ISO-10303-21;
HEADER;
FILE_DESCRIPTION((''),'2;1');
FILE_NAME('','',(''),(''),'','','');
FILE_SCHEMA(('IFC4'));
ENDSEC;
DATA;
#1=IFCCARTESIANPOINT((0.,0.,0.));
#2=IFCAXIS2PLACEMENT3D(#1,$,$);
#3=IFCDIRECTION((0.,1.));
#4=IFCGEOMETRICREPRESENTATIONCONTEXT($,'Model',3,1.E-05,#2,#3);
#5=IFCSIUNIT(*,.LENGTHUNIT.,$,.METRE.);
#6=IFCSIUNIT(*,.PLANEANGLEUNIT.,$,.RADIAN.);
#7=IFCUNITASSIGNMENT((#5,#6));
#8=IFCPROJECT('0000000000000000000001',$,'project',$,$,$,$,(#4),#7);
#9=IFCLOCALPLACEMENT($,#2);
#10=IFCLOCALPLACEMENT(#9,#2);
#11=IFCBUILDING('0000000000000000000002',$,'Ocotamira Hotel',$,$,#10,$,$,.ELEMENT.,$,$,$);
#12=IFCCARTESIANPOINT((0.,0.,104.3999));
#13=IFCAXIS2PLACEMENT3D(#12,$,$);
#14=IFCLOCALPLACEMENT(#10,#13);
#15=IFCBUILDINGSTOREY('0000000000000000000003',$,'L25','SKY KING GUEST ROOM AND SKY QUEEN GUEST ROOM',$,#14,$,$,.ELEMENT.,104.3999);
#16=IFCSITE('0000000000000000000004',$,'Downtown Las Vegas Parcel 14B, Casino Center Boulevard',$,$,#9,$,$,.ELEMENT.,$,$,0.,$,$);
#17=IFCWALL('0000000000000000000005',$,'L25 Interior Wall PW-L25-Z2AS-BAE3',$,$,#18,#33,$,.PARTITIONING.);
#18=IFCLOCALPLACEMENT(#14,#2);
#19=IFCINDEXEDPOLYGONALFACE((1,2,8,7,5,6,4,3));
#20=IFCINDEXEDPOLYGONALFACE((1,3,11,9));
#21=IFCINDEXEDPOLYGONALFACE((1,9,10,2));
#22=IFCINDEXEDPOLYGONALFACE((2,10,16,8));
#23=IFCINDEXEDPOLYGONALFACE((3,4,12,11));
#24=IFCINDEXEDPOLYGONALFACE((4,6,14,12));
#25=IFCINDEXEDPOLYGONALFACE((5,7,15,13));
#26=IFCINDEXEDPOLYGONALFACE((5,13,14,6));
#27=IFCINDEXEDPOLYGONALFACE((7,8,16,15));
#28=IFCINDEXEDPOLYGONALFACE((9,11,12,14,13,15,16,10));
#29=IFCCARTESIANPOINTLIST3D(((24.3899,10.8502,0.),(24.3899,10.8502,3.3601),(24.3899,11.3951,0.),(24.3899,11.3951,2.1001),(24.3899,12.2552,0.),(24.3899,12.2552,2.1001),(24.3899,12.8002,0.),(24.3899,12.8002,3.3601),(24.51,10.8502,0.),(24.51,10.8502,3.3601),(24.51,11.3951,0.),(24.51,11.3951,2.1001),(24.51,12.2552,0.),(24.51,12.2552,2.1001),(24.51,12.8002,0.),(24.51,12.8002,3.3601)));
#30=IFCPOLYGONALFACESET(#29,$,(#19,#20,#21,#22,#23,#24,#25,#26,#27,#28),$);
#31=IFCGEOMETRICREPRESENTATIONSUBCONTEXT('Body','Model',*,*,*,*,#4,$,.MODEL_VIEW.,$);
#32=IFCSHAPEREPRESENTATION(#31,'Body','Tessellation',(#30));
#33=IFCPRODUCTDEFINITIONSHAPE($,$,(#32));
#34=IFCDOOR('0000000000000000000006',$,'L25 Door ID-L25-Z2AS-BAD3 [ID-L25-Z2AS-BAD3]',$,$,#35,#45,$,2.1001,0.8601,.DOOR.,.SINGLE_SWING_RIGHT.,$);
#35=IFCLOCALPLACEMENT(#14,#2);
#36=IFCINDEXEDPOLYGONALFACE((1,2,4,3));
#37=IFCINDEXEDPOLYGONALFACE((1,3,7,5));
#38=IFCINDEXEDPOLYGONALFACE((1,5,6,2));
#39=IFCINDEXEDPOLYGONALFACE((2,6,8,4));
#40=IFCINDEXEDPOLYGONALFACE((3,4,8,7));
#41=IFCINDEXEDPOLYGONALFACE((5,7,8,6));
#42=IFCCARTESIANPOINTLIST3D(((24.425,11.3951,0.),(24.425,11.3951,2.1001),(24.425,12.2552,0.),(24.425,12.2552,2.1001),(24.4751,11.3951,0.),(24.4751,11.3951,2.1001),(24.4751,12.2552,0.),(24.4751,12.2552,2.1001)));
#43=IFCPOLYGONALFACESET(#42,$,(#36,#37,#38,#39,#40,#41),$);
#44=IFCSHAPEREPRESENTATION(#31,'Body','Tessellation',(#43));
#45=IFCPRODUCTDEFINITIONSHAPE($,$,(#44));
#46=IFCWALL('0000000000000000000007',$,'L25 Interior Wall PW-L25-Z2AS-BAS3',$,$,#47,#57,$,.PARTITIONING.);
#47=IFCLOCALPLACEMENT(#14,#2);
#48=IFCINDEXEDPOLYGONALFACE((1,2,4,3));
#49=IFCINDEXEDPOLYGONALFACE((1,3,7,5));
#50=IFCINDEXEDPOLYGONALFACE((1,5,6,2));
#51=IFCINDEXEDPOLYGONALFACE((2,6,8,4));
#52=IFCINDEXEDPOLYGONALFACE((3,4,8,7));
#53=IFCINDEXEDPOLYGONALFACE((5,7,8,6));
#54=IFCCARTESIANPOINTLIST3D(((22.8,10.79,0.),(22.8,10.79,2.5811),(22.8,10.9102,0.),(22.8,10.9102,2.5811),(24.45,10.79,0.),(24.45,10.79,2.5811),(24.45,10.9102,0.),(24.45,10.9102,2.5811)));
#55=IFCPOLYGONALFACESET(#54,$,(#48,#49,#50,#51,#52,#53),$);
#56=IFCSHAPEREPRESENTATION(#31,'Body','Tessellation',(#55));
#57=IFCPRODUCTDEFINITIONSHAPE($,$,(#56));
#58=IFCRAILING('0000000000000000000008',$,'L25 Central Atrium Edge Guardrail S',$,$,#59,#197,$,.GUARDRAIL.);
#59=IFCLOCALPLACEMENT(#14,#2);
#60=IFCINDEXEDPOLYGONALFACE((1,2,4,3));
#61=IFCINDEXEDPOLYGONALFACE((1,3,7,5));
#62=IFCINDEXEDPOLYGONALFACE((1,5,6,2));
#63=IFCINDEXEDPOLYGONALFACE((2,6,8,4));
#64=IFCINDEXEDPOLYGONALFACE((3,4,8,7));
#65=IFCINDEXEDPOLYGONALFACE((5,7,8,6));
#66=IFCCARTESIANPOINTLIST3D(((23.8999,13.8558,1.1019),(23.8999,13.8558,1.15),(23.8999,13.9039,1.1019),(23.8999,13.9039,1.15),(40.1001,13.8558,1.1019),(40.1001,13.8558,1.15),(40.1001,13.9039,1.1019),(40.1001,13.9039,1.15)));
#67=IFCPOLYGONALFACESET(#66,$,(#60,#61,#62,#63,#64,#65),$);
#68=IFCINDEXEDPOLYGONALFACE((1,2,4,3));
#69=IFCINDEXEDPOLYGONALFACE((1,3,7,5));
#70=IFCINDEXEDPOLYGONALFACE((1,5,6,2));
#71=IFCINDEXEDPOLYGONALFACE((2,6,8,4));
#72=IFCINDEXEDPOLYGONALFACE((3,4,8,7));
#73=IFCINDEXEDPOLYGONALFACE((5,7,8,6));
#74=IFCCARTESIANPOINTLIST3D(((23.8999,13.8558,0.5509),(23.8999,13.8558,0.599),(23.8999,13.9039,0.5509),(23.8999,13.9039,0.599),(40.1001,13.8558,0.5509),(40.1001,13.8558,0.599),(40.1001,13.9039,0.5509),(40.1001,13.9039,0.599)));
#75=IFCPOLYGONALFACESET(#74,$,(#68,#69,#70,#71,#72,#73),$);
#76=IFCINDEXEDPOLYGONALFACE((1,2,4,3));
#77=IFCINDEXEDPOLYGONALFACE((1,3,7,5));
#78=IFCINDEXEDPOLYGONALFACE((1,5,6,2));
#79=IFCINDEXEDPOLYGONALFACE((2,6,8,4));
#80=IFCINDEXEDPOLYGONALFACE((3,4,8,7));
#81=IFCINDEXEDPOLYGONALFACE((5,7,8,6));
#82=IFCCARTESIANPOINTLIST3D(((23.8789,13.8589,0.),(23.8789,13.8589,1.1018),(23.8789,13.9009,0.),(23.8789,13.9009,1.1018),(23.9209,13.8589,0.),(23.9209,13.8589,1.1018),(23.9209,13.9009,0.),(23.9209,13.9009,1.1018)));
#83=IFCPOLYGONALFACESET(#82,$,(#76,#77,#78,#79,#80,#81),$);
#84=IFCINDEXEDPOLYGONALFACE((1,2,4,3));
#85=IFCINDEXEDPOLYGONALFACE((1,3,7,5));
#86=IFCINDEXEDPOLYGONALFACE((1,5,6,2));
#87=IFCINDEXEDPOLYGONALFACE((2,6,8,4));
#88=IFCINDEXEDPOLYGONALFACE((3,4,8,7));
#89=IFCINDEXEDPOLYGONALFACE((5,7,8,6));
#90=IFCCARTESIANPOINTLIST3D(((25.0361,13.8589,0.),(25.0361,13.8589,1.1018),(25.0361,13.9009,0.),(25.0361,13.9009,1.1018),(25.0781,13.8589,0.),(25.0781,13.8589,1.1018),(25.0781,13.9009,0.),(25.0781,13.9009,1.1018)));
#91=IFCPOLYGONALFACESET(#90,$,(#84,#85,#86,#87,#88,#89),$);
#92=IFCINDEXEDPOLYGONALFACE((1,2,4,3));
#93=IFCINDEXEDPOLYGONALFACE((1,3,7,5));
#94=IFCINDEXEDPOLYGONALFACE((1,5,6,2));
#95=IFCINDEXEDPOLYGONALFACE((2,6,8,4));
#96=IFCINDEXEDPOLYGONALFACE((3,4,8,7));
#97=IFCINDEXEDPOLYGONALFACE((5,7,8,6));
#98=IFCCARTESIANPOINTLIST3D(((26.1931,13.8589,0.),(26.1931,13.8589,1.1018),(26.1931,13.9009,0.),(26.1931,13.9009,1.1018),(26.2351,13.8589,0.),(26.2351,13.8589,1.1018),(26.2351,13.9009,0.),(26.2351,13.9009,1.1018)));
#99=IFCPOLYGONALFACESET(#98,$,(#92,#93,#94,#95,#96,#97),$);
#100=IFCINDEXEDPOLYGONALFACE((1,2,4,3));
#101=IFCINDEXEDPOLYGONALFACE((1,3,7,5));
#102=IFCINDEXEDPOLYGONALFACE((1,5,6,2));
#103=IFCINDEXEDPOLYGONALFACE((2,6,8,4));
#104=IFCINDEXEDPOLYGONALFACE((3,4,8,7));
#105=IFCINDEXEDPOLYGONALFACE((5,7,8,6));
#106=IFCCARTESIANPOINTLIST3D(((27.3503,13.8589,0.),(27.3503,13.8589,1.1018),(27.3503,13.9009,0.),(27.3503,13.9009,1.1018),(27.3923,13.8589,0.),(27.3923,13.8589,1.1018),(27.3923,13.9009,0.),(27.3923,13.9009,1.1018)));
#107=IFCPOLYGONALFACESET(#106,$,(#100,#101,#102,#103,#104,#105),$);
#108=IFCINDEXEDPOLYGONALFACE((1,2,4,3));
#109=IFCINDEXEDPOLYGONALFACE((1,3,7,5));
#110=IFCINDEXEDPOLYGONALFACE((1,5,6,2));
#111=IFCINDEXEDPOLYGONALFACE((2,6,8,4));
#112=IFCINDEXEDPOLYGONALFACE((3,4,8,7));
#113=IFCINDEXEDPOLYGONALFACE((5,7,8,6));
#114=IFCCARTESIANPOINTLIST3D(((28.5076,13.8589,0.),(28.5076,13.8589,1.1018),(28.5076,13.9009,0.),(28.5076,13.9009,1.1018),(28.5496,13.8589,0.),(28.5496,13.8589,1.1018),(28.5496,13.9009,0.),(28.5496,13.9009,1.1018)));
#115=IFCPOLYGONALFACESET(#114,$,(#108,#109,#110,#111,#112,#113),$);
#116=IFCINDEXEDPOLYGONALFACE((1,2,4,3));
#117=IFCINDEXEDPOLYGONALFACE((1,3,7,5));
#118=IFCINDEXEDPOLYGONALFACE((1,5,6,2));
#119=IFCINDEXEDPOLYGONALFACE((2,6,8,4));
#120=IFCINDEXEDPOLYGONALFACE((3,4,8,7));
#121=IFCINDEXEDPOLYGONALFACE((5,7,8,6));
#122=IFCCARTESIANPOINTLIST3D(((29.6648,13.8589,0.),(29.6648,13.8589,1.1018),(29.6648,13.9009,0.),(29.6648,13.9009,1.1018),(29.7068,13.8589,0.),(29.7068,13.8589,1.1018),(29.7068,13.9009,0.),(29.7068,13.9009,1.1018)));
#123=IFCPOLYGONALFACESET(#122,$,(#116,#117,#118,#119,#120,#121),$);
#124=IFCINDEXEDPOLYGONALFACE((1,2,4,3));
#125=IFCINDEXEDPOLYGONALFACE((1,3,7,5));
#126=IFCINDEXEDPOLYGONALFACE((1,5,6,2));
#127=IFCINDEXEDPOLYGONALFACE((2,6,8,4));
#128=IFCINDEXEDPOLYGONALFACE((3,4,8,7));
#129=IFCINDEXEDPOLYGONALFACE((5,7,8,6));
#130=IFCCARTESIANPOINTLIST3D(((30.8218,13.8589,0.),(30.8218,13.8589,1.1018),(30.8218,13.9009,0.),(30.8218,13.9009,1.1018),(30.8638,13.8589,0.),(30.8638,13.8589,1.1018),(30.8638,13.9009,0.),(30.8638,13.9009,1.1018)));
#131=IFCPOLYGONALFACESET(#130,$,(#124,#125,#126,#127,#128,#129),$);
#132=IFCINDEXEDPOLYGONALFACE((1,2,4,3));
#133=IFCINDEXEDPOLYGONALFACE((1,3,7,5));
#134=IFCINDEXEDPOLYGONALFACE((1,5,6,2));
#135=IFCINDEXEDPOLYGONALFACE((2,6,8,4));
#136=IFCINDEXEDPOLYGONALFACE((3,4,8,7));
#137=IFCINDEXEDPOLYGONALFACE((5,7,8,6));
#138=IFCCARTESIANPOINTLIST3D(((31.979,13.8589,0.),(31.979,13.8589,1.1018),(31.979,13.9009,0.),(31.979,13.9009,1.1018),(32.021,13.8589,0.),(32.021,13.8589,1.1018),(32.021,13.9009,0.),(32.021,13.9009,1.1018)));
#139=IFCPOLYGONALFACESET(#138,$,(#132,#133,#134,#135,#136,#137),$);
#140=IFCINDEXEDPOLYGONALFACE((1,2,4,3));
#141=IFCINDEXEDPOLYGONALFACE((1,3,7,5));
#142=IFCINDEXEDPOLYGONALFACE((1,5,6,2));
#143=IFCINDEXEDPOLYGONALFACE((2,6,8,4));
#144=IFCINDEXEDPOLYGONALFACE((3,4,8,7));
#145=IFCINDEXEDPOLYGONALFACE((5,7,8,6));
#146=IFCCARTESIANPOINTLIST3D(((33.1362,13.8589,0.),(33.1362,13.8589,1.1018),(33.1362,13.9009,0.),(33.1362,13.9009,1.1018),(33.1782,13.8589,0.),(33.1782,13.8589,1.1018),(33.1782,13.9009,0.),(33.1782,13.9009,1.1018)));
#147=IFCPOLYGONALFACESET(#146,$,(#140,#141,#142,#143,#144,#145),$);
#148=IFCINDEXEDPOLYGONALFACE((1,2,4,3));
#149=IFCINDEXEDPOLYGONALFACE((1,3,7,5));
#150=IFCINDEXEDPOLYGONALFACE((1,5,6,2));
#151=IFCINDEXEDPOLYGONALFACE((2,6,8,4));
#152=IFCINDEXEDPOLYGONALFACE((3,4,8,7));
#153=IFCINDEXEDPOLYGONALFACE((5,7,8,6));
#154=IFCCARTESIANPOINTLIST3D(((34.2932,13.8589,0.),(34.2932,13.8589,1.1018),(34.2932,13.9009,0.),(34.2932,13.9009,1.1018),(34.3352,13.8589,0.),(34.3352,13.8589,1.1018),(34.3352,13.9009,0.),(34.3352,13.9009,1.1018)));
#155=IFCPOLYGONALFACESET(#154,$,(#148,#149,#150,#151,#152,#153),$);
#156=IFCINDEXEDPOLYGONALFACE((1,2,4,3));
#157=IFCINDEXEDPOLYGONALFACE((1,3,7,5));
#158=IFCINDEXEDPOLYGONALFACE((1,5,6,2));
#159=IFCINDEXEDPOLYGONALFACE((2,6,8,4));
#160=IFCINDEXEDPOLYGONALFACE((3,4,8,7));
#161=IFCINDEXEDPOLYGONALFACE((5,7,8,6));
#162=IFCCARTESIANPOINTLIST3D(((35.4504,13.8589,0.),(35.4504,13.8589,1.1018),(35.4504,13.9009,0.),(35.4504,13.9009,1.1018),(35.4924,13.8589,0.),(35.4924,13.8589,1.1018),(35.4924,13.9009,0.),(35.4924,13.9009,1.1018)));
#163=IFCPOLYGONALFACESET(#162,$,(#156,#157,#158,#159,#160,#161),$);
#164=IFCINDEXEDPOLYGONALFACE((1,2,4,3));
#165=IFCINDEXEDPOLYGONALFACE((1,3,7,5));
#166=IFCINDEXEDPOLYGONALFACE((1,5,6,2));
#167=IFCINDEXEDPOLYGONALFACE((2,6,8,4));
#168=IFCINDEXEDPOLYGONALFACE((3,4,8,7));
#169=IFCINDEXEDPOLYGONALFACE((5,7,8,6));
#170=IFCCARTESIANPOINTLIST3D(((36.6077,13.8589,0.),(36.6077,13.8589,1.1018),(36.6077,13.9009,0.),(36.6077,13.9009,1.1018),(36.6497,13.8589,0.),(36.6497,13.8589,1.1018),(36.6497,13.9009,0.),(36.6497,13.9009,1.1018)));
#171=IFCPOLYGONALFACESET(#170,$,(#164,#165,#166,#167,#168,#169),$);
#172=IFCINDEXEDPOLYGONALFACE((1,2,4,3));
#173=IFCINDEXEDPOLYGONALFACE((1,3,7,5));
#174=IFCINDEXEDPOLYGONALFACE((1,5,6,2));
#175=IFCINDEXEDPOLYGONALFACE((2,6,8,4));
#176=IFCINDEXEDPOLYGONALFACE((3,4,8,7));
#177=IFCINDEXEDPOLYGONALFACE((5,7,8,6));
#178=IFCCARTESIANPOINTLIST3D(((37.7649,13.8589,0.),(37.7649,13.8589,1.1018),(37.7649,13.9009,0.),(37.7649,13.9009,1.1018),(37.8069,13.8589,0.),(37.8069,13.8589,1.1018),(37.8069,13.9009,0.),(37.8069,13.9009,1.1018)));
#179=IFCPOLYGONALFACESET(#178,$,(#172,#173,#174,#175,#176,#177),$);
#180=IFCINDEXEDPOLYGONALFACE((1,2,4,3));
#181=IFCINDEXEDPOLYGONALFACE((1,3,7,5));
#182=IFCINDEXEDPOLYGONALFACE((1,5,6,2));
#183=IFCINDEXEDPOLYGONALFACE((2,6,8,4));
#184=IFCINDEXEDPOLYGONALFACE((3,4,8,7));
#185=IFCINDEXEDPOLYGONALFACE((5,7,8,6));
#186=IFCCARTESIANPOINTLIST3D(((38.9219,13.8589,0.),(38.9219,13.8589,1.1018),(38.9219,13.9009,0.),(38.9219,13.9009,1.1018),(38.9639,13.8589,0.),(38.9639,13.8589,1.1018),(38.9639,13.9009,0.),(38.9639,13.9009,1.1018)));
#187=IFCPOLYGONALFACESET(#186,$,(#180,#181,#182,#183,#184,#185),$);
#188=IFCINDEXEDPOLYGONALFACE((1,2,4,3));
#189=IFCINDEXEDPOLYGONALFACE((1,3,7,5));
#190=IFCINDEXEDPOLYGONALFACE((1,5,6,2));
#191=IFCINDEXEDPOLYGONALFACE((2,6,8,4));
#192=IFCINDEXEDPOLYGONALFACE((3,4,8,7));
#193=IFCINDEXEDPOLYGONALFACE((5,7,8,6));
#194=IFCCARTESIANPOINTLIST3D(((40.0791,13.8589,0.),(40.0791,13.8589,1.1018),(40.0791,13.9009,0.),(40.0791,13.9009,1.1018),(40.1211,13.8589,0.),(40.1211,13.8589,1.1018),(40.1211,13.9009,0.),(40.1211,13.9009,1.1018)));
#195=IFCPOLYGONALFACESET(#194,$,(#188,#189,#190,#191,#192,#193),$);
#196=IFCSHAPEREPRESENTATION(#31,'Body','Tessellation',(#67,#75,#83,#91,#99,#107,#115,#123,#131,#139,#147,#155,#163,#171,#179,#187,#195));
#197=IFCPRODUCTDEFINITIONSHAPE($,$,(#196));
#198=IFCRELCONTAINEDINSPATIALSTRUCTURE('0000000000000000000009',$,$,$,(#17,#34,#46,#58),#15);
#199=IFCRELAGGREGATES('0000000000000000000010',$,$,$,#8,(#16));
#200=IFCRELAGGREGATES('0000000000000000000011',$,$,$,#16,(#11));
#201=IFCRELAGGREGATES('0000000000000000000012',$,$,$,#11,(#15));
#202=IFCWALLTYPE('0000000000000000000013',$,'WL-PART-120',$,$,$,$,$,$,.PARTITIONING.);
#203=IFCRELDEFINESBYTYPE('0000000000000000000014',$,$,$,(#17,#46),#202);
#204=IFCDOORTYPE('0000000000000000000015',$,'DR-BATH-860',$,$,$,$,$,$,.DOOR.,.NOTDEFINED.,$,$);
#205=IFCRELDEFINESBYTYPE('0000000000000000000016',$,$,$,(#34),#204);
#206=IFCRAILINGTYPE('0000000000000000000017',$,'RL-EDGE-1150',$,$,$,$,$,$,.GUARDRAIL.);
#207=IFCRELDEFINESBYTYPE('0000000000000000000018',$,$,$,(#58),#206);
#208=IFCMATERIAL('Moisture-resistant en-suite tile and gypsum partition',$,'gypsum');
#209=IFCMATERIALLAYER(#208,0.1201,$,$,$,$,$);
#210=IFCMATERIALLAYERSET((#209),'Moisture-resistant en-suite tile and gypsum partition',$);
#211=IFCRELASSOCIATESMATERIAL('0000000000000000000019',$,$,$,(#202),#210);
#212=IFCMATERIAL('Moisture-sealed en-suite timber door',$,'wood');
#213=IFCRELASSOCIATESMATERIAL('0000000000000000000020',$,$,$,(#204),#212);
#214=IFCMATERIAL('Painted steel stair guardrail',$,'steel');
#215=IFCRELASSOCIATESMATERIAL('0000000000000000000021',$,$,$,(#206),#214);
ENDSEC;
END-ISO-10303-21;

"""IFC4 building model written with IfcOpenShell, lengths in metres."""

from ifc_helpers import new_model, si_unit, direction, frame, frame_2d, origin, origin_2d, place, context, subcontext, project, spatial, rectangle, extrude, source, transform, mapped, material, layer, layer_set, type_object, element, fill, save


model = new_model("IFC4")

# Units and contexts
model_context = context("Model", 3, precision=1e-05, world=origin(), true_north=direction((0.0, 1.0)))
body_context = subcontext(model_context, "Body", "Model", "MODEL_VIEW")
ifc_project = project(units=[si_unit("LENGTHUNIT", "METRE"), si_unit("PLANEANGLEUNIT", "RADIAN")], contexts=[model_context])

# Site, building, storey
site_placement = place(None, origin())
site = spatial("IfcSite", under=ifc_project, at=site_placement, Name="Downtown Las Vegas Parcel 14B, Casino Center Boulevard", CompositionType="ELEMENT", RefElevation=0.0)
building_placement = place(site_placement, origin())
building = spatial("IfcBuilding", under=site, at=building_placement, Name="Ocotamira Hotel", CompositionType="ELEMENT")
storey_placement = place(building_placement, frame((0.0, 0.0, 104.3999)))
storey = spatial("IfcBuildingStorey", under=building, at=storey_placement, Name="L25", Description="SKY KING GUEST ROOM AND SKY QUEEN GUEST ROOM", CompositionType="ELEMENT", Elevation=104.3999)

# Wall, opening, door
ifc_material_1 = material(Name="Moisture-resistant en-suite tile and gypsum partition", Category="gypsum")
ifc_layer_1 = layer(ifc_material_1, 0.1201)
ifc_layer_set_1 = layer_set([ifc_layer_1], Name="Moisture-resistant en-suite tile and gypsum partition")
wall_type_1 = type_object("IfcWallType", Name="WL-PART-120", PredefinedType="PARTITIONING", material=ifc_layer_set_1)
wall_1_placement = place(storey_placement, frame((24.45, 10.8501, 0.0), z_axis=(0.0, 0.0, 1.0), x_axis=(0.0, 1.0, 0.0)))
wall_1 = element("IfcWall", 1, at=wall_1_placement, inside=storey, type_object=wall_type_1, Name="L25 Interior Wall PW-L25-Z2AS-BAE3", PredefinedType="PARTITIONING", context=body_context, shape_type="SweptSolid", body=[
    extrude(rectangle(XDim=1.95, YDim=0.1201, at=frame_2d((0.9751, 0.0))), origin(), (0.0, 0.0, 1.0), 3.3601),
])
opening_placement = place(wall_1_placement, frame((0.5449, 0.0, 0.0)))
opening = element("IfcOpeningElement", 2, at=opening_placement, cuts=wall_1, PredefinedType="OPENING", context=body_context, shape_type="SweptSolid", body=[
    extrude(rectangle(XDim=0.8601, YDim=2.1001, at=frame_2d((0.4302, 1.05))), frame((0.0, 0.0701, 0.0), z_axis=(0.0, -1.0, 0.0), x_axis=(1.0, 0.0, 0.0)), (0.0, 0.0, 1.0), 0.1401),
])
ifc_material_2 = material(Name="Moisture-sealed en-suite timber door", Category="wood")
door_type = type_object("IfcDoorType", Name="DR-BATH-860", OperationType="NOTDEFINED", PredefinedType="DOOR", material=ifc_material_2)
shared_shape_1 = source(origin(), body_context, "Body", "SweptSolid", [
    extrude(rectangle(XDim=0.8601, YDim=2.1001, at=frame_2d((0.4302, 1.05))), frame((0.0, 0.0249, 0.0), z_axis=(0.0, -1.0, 0.0), x_axis=(1.0, 0.0, 0.0)), (0.0, 0.0, 1.0), 0.05),
])
door_placement = place(opening_placement, origin())
door = element("IfcDoor", 3, at=door_placement, inside=storey, type_object=door_type, Name="L25 Door ID-L25-Z2AS-BAD3 [ID-L25-Z2AS-BAD3]", OperationType="SINGLE_SWING_RIGHT", OverallHeight=2.1001, OverallWidth=0.8601, PredefinedType="DOOR", context=body_context, shape_type="MappedRepresentation", body=[
    mapped(shared_shape_1, transform((0.0, 0.0, 0.0), scale=1.0)),
])
fill(opening, door)

# Wall
wall_2_placement = place(storey_placement, frame((22.8, 10.8501, 0.0), z_axis=(0.0, 0.0, 1.0), x_axis=(1.0, 0.0, 0.0)))
element("IfcWall", 4, at=wall_2_placement, inside=storey, type_object=wall_type_1, Name="L25 Interior Wall PW-L25-Z2AS-BAS3", PredefinedType="PARTITIONING", context=body_context, shape_type="SweptSolid", body=[
    extrude(rectangle(XDim=1.6499, YDim=0.1201, at=frame_2d((0.825, 0.0))), origin(), (0.0, 0.0, 1.0), 2.5811),
])

# Railing
ifc_material_3 = material(Name="Painted steel stair guardrail", Category="steel")
railing_type = type_object("IfcRailingType", Name="RL-EDGE-1150", PredefinedType="GUARDRAIL", material=ifc_material_3)
railing_placement = place(storey_placement, frame((23.8999, 13.8799, 0.0)))
element("IfcRailing", 5, at=railing_placement, inside=storey, type_object=railing_type, Name="L25 Central Atrium Edge Guardrail S", PredefinedType="GUARDRAIL", context=body_context, shape_type="SweptSolid", body=[
    extrude(rectangle(XDim=0.0481, YDim=0.0481, at=origin_2d()), frame((0.0, 0.0, 1.126), z_axis=(1.0, 0.0, 0.0), x_axis=(0.0, 1.0, 0.0)), (0.0, 0.0, 1.0), 16.2002),
    extrude(rectangle(XDim=0.0481, YDim=0.0481, at=origin_2d()), frame((0.0, 0.0, 0.575), z_axis=(1.0, 0.0, 0.0), x_axis=(0.0, 1.0, 0.0)), (0.0, 0.0, 1.0), 16.2002),
    extrude(rectangle(XDim=0.042, YDim=0.042, at=origin_2d()), origin(), (0.0, 0.0, 1.0), 1.1018),
    extrude(rectangle(XDim=0.042, YDim=0.042, at=origin_2d()), frame((1.1572, 0.0, 0.0)), (0.0, 0.0, 1.0), 1.1018),
    extrude(rectangle(XDim=0.042, YDim=0.042, at=origin_2d()), frame((2.3142, 0.0, 0.0)), (0.0, 0.0, 1.0), 1.1018),
    extrude(rectangle(XDim=0.042, YDim=0.042, at=origin_2d()), frame((3.4714, 0.0, 0.0)), (0.0, 0.0, 1.0), 1.1018),
    extrude(rectangle(XDim=0.042, YDim=0.042, at=origin_2d()), frame((4.6287, 0.0, 0.0)), (0.0, 0.0, 1.0), 1.1018),
    extrude(rectangle(XDim=0.042, YDim=0.042, at=origin_2d()), frame((5.7859, 0.0, 0.0)), (0.0, 0.0, 1.0), 1.1018),
    extrude(rectangle(XDim=0.042, YDim=0.042, at=origin_2d()), frame((6.9429, 0.0, 0.0)), (0.0, 0.0, 1.0), 1.1018),
    extrude(rectangle(XDim=0.042, YDim=0.042, at=origin_2d()), frame((8.1001, 0.0, 0.0)), (0.0, 0.0, 1.0), 1.1018),
    extrude(rectangle(XDim=0.042, YDim=0.042, at=origin_2d()), frame((9.2573, 0.0, 0.0)), (0.0, 0.0, 1.0), 1.1018),
    extrude(rectangle(XDim=0.042, YDim=0.042, at=origin_2d()), frame((10.4143, 0.0, 0.0)), (0.0, 0.0, 1.0), 1.1018),
    extrude(rectangle(XDim=0.042, YDim=0.042, at=origin_2d()), frame((11.5715, 0.0, 0.0)), (0.0, 0.0, 1.0), 1.1018),
    extrude(rectangle(XDim=0.042, YDim=0.042, at=origin_2d()), frame((12.7288, 0.0, 0.0)), (0.0, 0.0, 1.0), 1.1018),
    extrude(rectangle(XDim=0.042, YDim=0.042, at=origin_2d()), frame((13.886, 0.0, 0.0)), (0.0, 0.0, 1.0), 1.1018),
    extrude(rectangle(XDim=0.042, YDim=0.042, at=origin_2d()), frame((15.043, 0.0, 0.0)), (0.0, 0.0, 1.0), 1.1018),
    extrude(rectangle(XDim=0.042, YDim=0.042, at=origin_2d()), frame((16.2002, 0.0, 0.0)), (0.0, 0.0, 1.0), 1.1018),
])

save(model, "model.ifc")
